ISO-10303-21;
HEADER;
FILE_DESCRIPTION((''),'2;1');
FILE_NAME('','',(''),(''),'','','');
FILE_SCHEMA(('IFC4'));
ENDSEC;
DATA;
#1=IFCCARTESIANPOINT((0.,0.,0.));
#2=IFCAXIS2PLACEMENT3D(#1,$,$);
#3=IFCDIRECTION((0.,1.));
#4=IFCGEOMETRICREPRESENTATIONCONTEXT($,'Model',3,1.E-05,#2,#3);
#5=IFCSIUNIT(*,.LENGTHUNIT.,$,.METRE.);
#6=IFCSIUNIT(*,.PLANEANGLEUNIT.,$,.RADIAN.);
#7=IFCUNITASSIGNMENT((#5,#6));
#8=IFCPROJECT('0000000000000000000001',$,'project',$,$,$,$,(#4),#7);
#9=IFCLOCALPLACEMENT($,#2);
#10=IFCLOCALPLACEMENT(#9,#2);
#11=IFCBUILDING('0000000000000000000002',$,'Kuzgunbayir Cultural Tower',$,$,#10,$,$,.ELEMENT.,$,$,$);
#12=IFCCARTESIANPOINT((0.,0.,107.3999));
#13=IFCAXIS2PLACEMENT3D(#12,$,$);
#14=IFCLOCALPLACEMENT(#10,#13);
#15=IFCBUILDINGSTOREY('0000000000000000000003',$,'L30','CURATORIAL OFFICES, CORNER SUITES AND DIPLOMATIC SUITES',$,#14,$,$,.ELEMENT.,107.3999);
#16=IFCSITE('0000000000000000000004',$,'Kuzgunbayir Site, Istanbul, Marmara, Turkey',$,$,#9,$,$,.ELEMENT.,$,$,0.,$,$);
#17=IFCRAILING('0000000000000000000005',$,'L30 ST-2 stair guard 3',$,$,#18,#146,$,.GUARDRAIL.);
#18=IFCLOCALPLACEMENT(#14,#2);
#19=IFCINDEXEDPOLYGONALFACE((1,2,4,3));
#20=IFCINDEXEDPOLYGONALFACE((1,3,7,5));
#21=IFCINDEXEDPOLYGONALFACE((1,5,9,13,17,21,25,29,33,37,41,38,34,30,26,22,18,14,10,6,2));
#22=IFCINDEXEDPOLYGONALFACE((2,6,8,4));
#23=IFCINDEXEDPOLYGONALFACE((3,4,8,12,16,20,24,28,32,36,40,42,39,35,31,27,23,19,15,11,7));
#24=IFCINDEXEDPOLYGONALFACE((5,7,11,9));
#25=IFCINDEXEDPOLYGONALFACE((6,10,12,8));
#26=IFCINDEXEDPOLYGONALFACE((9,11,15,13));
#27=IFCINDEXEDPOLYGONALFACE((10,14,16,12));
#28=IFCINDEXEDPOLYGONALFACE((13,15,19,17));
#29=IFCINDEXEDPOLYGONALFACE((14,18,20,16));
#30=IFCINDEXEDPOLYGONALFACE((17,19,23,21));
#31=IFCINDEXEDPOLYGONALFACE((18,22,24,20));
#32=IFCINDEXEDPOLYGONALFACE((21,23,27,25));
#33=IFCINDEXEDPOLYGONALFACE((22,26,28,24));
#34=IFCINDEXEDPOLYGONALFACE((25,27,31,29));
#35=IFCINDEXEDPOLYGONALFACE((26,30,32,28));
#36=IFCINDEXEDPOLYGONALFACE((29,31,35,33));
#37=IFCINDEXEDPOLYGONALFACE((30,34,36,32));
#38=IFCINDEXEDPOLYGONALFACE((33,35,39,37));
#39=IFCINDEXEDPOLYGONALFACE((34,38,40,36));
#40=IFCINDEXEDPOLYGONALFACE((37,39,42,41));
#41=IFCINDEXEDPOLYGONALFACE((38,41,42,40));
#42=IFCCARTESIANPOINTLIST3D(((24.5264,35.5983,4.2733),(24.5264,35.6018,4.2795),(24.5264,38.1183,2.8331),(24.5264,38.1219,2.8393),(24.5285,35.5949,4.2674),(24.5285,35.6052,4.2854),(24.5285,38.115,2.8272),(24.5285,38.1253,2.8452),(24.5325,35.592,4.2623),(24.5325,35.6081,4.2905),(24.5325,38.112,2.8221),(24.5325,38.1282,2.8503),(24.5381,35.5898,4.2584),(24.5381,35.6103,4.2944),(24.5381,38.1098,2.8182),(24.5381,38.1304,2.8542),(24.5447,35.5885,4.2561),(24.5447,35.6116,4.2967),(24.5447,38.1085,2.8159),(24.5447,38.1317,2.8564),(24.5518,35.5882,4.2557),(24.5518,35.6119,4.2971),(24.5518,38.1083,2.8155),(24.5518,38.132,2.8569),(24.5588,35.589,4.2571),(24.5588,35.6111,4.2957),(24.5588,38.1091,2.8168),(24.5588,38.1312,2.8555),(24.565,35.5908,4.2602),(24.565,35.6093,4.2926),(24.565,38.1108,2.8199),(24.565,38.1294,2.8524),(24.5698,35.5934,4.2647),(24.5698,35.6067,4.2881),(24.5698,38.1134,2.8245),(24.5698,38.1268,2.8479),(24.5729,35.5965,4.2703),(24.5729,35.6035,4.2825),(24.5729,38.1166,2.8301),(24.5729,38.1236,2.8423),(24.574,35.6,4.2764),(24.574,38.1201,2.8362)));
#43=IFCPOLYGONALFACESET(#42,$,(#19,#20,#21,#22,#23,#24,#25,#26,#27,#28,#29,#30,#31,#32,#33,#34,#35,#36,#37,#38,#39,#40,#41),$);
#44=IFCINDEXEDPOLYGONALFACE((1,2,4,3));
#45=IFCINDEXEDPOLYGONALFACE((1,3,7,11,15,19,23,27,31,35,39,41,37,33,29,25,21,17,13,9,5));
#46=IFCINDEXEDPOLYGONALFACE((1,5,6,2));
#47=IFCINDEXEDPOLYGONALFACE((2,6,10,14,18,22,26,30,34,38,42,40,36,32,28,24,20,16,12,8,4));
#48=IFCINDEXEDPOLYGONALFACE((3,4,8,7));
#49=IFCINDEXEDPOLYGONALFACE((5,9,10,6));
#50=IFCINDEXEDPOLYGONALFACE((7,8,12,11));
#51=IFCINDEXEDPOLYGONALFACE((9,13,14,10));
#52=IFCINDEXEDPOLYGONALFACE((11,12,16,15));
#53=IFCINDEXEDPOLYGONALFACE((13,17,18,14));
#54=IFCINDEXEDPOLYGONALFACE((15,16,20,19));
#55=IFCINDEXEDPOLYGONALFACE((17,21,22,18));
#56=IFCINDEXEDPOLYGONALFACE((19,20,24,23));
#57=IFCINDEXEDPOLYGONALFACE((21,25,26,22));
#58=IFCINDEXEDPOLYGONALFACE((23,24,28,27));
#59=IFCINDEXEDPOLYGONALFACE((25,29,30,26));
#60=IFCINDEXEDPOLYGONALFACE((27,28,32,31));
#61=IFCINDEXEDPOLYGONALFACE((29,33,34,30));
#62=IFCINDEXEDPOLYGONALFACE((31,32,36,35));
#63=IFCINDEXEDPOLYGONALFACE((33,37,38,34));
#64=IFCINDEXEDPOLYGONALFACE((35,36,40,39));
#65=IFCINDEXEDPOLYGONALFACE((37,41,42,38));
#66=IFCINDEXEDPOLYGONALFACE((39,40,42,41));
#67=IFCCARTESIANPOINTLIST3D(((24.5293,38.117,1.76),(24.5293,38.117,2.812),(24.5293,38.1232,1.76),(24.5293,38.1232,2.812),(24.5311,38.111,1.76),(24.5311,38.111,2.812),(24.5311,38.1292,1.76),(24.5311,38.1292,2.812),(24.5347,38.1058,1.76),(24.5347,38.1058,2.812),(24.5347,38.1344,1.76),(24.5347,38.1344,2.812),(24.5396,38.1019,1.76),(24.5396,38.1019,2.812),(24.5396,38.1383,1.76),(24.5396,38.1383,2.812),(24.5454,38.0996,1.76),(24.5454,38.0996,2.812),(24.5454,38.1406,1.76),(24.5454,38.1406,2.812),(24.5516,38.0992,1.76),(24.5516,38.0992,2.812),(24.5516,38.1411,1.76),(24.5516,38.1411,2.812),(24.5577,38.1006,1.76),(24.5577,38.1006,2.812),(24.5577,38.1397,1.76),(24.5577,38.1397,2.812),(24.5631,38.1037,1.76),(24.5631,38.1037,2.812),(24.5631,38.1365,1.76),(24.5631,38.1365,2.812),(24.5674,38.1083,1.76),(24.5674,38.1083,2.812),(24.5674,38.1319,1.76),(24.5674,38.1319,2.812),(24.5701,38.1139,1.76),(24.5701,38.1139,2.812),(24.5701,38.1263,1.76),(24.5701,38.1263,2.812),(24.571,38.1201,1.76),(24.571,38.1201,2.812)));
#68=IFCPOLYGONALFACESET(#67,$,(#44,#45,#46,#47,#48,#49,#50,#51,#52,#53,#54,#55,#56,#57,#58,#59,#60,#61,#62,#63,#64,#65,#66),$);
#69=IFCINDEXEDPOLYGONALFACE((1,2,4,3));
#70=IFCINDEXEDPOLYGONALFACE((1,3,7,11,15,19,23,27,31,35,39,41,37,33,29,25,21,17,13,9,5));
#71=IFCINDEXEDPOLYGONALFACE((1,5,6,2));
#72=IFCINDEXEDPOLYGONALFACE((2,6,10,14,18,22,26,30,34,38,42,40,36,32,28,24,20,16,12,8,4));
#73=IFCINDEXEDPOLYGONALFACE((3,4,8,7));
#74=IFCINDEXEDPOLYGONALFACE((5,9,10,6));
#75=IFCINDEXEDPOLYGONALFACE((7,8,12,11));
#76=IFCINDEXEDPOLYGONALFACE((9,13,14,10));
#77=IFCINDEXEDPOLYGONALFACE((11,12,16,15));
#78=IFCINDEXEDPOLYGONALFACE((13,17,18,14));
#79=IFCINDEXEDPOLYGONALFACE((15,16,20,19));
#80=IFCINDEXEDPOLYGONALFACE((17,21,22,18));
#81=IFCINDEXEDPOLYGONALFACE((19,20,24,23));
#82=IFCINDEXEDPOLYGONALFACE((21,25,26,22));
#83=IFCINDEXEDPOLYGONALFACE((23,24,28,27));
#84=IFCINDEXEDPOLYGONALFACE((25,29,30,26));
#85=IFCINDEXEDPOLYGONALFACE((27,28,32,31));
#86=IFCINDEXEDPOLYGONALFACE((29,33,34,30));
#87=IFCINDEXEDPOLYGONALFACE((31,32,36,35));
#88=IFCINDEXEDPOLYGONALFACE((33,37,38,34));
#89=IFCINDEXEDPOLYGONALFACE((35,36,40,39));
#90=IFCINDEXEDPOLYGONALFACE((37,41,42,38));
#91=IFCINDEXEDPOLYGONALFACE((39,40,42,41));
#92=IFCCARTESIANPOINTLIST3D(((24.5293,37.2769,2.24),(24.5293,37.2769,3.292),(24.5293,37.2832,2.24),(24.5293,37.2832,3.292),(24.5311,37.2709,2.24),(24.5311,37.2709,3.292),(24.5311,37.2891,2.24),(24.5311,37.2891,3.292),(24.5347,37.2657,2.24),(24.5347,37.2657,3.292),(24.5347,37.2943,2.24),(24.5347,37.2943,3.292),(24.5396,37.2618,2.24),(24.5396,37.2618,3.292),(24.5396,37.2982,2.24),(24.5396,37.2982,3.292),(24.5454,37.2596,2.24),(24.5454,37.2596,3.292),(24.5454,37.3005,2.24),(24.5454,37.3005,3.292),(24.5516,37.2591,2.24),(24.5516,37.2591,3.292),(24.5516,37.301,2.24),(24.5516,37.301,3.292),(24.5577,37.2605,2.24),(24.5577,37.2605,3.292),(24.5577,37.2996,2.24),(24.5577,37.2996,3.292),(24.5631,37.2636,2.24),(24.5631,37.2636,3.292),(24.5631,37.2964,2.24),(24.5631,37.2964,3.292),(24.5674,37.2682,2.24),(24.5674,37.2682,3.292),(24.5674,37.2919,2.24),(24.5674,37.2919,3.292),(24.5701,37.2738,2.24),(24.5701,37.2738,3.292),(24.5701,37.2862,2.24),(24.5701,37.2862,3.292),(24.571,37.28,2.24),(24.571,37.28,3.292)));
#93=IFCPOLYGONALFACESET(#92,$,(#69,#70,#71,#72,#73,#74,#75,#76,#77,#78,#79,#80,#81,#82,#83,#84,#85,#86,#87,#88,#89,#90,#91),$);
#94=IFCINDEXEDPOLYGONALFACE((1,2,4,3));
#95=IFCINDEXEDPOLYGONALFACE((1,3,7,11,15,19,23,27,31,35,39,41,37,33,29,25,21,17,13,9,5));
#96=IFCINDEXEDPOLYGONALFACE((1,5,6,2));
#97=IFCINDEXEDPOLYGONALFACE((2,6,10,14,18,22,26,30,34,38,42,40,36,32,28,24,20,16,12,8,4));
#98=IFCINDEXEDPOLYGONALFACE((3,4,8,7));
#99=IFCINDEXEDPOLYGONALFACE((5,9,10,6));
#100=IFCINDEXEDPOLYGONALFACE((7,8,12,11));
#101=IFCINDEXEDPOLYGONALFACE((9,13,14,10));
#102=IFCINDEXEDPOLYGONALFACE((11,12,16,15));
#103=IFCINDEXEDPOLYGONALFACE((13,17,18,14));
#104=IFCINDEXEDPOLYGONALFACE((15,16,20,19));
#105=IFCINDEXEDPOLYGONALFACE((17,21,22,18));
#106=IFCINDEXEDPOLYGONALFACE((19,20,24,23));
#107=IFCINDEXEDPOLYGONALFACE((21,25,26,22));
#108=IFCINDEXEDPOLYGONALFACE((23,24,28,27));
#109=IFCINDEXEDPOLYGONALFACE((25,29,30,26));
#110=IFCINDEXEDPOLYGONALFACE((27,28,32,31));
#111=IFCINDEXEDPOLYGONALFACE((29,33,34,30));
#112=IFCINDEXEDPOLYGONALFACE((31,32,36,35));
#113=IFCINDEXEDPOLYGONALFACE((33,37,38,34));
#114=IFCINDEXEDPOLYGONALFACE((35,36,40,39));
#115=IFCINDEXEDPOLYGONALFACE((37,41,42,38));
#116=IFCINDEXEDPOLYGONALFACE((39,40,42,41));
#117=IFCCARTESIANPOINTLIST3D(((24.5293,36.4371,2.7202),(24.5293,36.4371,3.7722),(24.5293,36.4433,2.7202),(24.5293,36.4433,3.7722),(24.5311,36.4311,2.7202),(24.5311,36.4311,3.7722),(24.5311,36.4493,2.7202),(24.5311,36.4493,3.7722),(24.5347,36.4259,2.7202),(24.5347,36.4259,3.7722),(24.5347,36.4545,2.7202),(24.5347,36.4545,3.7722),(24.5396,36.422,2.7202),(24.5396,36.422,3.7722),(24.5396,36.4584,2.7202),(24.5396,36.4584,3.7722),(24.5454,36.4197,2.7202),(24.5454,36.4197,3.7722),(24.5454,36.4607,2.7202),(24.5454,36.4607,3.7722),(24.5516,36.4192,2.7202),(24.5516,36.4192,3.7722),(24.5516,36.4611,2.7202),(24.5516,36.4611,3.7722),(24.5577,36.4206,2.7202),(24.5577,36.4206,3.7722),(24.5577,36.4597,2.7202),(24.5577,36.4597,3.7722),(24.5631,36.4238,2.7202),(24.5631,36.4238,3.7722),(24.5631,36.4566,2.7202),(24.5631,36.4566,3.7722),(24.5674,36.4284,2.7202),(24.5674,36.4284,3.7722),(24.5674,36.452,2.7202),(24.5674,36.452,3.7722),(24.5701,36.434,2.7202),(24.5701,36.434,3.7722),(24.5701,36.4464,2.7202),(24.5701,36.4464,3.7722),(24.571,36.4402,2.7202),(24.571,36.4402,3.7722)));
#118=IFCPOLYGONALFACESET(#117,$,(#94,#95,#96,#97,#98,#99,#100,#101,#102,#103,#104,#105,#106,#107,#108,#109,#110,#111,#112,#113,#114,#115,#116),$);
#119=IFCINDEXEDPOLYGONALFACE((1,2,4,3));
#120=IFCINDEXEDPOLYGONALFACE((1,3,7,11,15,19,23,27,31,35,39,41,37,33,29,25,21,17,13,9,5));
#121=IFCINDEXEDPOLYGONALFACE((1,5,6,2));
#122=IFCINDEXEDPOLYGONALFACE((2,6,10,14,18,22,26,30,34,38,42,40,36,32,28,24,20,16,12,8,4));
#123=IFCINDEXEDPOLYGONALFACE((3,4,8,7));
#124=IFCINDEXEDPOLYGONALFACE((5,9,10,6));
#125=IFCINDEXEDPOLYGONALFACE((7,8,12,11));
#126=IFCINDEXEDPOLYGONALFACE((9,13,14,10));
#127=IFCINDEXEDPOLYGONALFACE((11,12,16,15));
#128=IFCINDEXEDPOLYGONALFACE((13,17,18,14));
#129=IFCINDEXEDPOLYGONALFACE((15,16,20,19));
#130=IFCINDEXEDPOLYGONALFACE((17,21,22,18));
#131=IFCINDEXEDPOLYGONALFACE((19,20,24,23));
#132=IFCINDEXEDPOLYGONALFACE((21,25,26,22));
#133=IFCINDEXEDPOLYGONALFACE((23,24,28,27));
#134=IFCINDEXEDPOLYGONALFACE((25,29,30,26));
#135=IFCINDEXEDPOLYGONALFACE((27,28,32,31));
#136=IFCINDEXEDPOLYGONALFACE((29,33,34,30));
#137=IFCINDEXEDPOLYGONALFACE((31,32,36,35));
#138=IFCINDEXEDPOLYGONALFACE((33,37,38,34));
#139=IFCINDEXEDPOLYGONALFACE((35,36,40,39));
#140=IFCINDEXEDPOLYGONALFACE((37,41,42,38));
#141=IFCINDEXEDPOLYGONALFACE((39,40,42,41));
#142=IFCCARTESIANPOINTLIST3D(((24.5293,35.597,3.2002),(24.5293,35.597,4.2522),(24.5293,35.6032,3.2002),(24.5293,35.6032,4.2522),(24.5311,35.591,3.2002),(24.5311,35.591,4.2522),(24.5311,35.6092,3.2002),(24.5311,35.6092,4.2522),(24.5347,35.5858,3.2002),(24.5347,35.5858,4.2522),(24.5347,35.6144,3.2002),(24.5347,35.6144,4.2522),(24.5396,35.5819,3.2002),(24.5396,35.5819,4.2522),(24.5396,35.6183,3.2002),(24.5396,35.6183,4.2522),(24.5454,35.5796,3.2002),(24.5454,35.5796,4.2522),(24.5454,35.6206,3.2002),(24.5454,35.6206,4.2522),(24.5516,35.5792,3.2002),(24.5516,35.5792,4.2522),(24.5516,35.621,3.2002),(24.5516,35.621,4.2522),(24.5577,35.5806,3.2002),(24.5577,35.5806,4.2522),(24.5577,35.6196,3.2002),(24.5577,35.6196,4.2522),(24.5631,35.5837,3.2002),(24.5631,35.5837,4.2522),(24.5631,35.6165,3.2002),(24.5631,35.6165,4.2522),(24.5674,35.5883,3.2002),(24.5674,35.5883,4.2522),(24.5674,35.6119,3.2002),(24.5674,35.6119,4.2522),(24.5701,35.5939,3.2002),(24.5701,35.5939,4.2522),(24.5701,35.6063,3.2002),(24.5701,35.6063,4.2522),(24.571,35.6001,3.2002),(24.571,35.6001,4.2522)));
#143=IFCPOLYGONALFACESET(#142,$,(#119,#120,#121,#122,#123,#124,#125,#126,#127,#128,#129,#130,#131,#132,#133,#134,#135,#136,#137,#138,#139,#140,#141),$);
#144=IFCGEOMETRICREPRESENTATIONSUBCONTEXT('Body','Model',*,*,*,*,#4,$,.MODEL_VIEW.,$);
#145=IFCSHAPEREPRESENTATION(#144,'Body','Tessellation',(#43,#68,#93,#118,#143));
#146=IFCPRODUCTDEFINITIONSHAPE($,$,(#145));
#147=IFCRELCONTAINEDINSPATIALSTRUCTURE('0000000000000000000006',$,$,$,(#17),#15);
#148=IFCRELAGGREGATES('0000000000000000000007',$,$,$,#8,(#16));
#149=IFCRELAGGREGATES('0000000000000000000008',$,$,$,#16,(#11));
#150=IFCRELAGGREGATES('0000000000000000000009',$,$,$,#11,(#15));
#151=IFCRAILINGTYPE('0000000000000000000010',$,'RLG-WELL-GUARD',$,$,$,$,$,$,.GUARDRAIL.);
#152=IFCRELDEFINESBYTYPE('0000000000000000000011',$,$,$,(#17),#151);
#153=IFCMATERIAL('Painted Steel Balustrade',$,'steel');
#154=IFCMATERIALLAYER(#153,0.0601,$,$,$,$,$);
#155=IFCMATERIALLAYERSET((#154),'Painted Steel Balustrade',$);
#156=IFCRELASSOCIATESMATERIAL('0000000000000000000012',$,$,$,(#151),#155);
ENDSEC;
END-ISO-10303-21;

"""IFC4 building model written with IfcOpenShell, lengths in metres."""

from ifc_helpers import new_model, si_unit, direction, frame, origin, origin_2d, place, context, subcontext, project, spatial, circle, extrude, material, layer, layer_set, type_object, element, save


model = new_model("IFC4")

# Units and contexts
model_context = context("Model", 3, precision=1e-05, world=origin(), true_north=direction((0.0, 1.0)))
body_context = subcontext(model_context, "Body", "Model", "MODEL_VIEW")
ifc_project = project(units=[si_unit("LENGTHUNIT", "METRE"), si_unit("PLANEANGLEUNIT", "RADIAN")], contexts=[model_context])

# Site, building, storey
site_placement = place(None, origin())
site = spatial("IfcSite", under=ifc_project, at=site_placement, Name="Kuzgunbayir Site, Istanbul, Marmara, Turkey", CompositionType="ELEMENT", RefElevation=0.0)
building_placement = place(site_placement, origin())
building = spatial("IfcBuilding", under=site, at=building_placement, Name="Kuzgunbayir Cultural Tower", CompositionType="ELEMENT")
storey_placement = place(building_placement, frame((0.0, 0.0, 107.3999)))
storey = spatial("IfcBuildingStorey", under=building, at=storey_placement, Name="L30", Description="CURATORIAL OFFICES, CORNER SUITES AND DIPLOMATIC SUITES", CompositionType="ELEMENT", Elevation=107.3999)

# Railing
ifc_material_1 = material(Name="Painted Steel Balustrade", Category="steel")
ifc_layer_1 = layer(ifc_material_1, 0.0601)
ifc_layer_set_1 = layer_set([ifc_layer_1], Name="Painted Steel Balustrade")
railing_type_1 = type_object("IfcRailingType", Name="RLG-WELL-GUARD", PredefinedType="GUARDRAIL", material=ifc_layer_set_1)
railing_1_placement = place(storey_placement, frame((24.55, 38.1201, 1.76)))
element("IfcRailing", 1, at=railing_1_placement, inside=storey, type_object=railing_type_1, Name="L30 ST-2 stair guard 3", PredefinedType="GUARDRAIL", context=body_context, shape_type="SweptSolid", body=[
    extrude(circle(Radius=0.0239, at=origin_2d()), frame((0.0, 0.0, 1.0762), z_axis=(0.0, -0.868217, 0.496184), x_axis=(1.0, 0.0, 0.0)), (0.0, 0.0, 1.0), 2.9026),
    extrude(circle(Radius=0.021, at=origin_2d()), origin(), (0.0, 0.0, 1.0), 1.052),
    extrude(circle(Radius=0.021, at=origin_2d()), frame((0.0, -0.8401, 0.48)), (0.0, 0.0, 1.0), 1.052),
    extrude(circle(Radius=0.021, at=origin_2d()), frame((0.0, -1.6799, 0.9602)), (0.0, 0.0, 1.0), 1.052),
    extrude(circle(Radius=0.021, at=origin_2d()), frame((0.0, -2.52, 1.4402)), (0.0, 0.0, 1.0), 1.052),
])

save(model, "model.ifc")
